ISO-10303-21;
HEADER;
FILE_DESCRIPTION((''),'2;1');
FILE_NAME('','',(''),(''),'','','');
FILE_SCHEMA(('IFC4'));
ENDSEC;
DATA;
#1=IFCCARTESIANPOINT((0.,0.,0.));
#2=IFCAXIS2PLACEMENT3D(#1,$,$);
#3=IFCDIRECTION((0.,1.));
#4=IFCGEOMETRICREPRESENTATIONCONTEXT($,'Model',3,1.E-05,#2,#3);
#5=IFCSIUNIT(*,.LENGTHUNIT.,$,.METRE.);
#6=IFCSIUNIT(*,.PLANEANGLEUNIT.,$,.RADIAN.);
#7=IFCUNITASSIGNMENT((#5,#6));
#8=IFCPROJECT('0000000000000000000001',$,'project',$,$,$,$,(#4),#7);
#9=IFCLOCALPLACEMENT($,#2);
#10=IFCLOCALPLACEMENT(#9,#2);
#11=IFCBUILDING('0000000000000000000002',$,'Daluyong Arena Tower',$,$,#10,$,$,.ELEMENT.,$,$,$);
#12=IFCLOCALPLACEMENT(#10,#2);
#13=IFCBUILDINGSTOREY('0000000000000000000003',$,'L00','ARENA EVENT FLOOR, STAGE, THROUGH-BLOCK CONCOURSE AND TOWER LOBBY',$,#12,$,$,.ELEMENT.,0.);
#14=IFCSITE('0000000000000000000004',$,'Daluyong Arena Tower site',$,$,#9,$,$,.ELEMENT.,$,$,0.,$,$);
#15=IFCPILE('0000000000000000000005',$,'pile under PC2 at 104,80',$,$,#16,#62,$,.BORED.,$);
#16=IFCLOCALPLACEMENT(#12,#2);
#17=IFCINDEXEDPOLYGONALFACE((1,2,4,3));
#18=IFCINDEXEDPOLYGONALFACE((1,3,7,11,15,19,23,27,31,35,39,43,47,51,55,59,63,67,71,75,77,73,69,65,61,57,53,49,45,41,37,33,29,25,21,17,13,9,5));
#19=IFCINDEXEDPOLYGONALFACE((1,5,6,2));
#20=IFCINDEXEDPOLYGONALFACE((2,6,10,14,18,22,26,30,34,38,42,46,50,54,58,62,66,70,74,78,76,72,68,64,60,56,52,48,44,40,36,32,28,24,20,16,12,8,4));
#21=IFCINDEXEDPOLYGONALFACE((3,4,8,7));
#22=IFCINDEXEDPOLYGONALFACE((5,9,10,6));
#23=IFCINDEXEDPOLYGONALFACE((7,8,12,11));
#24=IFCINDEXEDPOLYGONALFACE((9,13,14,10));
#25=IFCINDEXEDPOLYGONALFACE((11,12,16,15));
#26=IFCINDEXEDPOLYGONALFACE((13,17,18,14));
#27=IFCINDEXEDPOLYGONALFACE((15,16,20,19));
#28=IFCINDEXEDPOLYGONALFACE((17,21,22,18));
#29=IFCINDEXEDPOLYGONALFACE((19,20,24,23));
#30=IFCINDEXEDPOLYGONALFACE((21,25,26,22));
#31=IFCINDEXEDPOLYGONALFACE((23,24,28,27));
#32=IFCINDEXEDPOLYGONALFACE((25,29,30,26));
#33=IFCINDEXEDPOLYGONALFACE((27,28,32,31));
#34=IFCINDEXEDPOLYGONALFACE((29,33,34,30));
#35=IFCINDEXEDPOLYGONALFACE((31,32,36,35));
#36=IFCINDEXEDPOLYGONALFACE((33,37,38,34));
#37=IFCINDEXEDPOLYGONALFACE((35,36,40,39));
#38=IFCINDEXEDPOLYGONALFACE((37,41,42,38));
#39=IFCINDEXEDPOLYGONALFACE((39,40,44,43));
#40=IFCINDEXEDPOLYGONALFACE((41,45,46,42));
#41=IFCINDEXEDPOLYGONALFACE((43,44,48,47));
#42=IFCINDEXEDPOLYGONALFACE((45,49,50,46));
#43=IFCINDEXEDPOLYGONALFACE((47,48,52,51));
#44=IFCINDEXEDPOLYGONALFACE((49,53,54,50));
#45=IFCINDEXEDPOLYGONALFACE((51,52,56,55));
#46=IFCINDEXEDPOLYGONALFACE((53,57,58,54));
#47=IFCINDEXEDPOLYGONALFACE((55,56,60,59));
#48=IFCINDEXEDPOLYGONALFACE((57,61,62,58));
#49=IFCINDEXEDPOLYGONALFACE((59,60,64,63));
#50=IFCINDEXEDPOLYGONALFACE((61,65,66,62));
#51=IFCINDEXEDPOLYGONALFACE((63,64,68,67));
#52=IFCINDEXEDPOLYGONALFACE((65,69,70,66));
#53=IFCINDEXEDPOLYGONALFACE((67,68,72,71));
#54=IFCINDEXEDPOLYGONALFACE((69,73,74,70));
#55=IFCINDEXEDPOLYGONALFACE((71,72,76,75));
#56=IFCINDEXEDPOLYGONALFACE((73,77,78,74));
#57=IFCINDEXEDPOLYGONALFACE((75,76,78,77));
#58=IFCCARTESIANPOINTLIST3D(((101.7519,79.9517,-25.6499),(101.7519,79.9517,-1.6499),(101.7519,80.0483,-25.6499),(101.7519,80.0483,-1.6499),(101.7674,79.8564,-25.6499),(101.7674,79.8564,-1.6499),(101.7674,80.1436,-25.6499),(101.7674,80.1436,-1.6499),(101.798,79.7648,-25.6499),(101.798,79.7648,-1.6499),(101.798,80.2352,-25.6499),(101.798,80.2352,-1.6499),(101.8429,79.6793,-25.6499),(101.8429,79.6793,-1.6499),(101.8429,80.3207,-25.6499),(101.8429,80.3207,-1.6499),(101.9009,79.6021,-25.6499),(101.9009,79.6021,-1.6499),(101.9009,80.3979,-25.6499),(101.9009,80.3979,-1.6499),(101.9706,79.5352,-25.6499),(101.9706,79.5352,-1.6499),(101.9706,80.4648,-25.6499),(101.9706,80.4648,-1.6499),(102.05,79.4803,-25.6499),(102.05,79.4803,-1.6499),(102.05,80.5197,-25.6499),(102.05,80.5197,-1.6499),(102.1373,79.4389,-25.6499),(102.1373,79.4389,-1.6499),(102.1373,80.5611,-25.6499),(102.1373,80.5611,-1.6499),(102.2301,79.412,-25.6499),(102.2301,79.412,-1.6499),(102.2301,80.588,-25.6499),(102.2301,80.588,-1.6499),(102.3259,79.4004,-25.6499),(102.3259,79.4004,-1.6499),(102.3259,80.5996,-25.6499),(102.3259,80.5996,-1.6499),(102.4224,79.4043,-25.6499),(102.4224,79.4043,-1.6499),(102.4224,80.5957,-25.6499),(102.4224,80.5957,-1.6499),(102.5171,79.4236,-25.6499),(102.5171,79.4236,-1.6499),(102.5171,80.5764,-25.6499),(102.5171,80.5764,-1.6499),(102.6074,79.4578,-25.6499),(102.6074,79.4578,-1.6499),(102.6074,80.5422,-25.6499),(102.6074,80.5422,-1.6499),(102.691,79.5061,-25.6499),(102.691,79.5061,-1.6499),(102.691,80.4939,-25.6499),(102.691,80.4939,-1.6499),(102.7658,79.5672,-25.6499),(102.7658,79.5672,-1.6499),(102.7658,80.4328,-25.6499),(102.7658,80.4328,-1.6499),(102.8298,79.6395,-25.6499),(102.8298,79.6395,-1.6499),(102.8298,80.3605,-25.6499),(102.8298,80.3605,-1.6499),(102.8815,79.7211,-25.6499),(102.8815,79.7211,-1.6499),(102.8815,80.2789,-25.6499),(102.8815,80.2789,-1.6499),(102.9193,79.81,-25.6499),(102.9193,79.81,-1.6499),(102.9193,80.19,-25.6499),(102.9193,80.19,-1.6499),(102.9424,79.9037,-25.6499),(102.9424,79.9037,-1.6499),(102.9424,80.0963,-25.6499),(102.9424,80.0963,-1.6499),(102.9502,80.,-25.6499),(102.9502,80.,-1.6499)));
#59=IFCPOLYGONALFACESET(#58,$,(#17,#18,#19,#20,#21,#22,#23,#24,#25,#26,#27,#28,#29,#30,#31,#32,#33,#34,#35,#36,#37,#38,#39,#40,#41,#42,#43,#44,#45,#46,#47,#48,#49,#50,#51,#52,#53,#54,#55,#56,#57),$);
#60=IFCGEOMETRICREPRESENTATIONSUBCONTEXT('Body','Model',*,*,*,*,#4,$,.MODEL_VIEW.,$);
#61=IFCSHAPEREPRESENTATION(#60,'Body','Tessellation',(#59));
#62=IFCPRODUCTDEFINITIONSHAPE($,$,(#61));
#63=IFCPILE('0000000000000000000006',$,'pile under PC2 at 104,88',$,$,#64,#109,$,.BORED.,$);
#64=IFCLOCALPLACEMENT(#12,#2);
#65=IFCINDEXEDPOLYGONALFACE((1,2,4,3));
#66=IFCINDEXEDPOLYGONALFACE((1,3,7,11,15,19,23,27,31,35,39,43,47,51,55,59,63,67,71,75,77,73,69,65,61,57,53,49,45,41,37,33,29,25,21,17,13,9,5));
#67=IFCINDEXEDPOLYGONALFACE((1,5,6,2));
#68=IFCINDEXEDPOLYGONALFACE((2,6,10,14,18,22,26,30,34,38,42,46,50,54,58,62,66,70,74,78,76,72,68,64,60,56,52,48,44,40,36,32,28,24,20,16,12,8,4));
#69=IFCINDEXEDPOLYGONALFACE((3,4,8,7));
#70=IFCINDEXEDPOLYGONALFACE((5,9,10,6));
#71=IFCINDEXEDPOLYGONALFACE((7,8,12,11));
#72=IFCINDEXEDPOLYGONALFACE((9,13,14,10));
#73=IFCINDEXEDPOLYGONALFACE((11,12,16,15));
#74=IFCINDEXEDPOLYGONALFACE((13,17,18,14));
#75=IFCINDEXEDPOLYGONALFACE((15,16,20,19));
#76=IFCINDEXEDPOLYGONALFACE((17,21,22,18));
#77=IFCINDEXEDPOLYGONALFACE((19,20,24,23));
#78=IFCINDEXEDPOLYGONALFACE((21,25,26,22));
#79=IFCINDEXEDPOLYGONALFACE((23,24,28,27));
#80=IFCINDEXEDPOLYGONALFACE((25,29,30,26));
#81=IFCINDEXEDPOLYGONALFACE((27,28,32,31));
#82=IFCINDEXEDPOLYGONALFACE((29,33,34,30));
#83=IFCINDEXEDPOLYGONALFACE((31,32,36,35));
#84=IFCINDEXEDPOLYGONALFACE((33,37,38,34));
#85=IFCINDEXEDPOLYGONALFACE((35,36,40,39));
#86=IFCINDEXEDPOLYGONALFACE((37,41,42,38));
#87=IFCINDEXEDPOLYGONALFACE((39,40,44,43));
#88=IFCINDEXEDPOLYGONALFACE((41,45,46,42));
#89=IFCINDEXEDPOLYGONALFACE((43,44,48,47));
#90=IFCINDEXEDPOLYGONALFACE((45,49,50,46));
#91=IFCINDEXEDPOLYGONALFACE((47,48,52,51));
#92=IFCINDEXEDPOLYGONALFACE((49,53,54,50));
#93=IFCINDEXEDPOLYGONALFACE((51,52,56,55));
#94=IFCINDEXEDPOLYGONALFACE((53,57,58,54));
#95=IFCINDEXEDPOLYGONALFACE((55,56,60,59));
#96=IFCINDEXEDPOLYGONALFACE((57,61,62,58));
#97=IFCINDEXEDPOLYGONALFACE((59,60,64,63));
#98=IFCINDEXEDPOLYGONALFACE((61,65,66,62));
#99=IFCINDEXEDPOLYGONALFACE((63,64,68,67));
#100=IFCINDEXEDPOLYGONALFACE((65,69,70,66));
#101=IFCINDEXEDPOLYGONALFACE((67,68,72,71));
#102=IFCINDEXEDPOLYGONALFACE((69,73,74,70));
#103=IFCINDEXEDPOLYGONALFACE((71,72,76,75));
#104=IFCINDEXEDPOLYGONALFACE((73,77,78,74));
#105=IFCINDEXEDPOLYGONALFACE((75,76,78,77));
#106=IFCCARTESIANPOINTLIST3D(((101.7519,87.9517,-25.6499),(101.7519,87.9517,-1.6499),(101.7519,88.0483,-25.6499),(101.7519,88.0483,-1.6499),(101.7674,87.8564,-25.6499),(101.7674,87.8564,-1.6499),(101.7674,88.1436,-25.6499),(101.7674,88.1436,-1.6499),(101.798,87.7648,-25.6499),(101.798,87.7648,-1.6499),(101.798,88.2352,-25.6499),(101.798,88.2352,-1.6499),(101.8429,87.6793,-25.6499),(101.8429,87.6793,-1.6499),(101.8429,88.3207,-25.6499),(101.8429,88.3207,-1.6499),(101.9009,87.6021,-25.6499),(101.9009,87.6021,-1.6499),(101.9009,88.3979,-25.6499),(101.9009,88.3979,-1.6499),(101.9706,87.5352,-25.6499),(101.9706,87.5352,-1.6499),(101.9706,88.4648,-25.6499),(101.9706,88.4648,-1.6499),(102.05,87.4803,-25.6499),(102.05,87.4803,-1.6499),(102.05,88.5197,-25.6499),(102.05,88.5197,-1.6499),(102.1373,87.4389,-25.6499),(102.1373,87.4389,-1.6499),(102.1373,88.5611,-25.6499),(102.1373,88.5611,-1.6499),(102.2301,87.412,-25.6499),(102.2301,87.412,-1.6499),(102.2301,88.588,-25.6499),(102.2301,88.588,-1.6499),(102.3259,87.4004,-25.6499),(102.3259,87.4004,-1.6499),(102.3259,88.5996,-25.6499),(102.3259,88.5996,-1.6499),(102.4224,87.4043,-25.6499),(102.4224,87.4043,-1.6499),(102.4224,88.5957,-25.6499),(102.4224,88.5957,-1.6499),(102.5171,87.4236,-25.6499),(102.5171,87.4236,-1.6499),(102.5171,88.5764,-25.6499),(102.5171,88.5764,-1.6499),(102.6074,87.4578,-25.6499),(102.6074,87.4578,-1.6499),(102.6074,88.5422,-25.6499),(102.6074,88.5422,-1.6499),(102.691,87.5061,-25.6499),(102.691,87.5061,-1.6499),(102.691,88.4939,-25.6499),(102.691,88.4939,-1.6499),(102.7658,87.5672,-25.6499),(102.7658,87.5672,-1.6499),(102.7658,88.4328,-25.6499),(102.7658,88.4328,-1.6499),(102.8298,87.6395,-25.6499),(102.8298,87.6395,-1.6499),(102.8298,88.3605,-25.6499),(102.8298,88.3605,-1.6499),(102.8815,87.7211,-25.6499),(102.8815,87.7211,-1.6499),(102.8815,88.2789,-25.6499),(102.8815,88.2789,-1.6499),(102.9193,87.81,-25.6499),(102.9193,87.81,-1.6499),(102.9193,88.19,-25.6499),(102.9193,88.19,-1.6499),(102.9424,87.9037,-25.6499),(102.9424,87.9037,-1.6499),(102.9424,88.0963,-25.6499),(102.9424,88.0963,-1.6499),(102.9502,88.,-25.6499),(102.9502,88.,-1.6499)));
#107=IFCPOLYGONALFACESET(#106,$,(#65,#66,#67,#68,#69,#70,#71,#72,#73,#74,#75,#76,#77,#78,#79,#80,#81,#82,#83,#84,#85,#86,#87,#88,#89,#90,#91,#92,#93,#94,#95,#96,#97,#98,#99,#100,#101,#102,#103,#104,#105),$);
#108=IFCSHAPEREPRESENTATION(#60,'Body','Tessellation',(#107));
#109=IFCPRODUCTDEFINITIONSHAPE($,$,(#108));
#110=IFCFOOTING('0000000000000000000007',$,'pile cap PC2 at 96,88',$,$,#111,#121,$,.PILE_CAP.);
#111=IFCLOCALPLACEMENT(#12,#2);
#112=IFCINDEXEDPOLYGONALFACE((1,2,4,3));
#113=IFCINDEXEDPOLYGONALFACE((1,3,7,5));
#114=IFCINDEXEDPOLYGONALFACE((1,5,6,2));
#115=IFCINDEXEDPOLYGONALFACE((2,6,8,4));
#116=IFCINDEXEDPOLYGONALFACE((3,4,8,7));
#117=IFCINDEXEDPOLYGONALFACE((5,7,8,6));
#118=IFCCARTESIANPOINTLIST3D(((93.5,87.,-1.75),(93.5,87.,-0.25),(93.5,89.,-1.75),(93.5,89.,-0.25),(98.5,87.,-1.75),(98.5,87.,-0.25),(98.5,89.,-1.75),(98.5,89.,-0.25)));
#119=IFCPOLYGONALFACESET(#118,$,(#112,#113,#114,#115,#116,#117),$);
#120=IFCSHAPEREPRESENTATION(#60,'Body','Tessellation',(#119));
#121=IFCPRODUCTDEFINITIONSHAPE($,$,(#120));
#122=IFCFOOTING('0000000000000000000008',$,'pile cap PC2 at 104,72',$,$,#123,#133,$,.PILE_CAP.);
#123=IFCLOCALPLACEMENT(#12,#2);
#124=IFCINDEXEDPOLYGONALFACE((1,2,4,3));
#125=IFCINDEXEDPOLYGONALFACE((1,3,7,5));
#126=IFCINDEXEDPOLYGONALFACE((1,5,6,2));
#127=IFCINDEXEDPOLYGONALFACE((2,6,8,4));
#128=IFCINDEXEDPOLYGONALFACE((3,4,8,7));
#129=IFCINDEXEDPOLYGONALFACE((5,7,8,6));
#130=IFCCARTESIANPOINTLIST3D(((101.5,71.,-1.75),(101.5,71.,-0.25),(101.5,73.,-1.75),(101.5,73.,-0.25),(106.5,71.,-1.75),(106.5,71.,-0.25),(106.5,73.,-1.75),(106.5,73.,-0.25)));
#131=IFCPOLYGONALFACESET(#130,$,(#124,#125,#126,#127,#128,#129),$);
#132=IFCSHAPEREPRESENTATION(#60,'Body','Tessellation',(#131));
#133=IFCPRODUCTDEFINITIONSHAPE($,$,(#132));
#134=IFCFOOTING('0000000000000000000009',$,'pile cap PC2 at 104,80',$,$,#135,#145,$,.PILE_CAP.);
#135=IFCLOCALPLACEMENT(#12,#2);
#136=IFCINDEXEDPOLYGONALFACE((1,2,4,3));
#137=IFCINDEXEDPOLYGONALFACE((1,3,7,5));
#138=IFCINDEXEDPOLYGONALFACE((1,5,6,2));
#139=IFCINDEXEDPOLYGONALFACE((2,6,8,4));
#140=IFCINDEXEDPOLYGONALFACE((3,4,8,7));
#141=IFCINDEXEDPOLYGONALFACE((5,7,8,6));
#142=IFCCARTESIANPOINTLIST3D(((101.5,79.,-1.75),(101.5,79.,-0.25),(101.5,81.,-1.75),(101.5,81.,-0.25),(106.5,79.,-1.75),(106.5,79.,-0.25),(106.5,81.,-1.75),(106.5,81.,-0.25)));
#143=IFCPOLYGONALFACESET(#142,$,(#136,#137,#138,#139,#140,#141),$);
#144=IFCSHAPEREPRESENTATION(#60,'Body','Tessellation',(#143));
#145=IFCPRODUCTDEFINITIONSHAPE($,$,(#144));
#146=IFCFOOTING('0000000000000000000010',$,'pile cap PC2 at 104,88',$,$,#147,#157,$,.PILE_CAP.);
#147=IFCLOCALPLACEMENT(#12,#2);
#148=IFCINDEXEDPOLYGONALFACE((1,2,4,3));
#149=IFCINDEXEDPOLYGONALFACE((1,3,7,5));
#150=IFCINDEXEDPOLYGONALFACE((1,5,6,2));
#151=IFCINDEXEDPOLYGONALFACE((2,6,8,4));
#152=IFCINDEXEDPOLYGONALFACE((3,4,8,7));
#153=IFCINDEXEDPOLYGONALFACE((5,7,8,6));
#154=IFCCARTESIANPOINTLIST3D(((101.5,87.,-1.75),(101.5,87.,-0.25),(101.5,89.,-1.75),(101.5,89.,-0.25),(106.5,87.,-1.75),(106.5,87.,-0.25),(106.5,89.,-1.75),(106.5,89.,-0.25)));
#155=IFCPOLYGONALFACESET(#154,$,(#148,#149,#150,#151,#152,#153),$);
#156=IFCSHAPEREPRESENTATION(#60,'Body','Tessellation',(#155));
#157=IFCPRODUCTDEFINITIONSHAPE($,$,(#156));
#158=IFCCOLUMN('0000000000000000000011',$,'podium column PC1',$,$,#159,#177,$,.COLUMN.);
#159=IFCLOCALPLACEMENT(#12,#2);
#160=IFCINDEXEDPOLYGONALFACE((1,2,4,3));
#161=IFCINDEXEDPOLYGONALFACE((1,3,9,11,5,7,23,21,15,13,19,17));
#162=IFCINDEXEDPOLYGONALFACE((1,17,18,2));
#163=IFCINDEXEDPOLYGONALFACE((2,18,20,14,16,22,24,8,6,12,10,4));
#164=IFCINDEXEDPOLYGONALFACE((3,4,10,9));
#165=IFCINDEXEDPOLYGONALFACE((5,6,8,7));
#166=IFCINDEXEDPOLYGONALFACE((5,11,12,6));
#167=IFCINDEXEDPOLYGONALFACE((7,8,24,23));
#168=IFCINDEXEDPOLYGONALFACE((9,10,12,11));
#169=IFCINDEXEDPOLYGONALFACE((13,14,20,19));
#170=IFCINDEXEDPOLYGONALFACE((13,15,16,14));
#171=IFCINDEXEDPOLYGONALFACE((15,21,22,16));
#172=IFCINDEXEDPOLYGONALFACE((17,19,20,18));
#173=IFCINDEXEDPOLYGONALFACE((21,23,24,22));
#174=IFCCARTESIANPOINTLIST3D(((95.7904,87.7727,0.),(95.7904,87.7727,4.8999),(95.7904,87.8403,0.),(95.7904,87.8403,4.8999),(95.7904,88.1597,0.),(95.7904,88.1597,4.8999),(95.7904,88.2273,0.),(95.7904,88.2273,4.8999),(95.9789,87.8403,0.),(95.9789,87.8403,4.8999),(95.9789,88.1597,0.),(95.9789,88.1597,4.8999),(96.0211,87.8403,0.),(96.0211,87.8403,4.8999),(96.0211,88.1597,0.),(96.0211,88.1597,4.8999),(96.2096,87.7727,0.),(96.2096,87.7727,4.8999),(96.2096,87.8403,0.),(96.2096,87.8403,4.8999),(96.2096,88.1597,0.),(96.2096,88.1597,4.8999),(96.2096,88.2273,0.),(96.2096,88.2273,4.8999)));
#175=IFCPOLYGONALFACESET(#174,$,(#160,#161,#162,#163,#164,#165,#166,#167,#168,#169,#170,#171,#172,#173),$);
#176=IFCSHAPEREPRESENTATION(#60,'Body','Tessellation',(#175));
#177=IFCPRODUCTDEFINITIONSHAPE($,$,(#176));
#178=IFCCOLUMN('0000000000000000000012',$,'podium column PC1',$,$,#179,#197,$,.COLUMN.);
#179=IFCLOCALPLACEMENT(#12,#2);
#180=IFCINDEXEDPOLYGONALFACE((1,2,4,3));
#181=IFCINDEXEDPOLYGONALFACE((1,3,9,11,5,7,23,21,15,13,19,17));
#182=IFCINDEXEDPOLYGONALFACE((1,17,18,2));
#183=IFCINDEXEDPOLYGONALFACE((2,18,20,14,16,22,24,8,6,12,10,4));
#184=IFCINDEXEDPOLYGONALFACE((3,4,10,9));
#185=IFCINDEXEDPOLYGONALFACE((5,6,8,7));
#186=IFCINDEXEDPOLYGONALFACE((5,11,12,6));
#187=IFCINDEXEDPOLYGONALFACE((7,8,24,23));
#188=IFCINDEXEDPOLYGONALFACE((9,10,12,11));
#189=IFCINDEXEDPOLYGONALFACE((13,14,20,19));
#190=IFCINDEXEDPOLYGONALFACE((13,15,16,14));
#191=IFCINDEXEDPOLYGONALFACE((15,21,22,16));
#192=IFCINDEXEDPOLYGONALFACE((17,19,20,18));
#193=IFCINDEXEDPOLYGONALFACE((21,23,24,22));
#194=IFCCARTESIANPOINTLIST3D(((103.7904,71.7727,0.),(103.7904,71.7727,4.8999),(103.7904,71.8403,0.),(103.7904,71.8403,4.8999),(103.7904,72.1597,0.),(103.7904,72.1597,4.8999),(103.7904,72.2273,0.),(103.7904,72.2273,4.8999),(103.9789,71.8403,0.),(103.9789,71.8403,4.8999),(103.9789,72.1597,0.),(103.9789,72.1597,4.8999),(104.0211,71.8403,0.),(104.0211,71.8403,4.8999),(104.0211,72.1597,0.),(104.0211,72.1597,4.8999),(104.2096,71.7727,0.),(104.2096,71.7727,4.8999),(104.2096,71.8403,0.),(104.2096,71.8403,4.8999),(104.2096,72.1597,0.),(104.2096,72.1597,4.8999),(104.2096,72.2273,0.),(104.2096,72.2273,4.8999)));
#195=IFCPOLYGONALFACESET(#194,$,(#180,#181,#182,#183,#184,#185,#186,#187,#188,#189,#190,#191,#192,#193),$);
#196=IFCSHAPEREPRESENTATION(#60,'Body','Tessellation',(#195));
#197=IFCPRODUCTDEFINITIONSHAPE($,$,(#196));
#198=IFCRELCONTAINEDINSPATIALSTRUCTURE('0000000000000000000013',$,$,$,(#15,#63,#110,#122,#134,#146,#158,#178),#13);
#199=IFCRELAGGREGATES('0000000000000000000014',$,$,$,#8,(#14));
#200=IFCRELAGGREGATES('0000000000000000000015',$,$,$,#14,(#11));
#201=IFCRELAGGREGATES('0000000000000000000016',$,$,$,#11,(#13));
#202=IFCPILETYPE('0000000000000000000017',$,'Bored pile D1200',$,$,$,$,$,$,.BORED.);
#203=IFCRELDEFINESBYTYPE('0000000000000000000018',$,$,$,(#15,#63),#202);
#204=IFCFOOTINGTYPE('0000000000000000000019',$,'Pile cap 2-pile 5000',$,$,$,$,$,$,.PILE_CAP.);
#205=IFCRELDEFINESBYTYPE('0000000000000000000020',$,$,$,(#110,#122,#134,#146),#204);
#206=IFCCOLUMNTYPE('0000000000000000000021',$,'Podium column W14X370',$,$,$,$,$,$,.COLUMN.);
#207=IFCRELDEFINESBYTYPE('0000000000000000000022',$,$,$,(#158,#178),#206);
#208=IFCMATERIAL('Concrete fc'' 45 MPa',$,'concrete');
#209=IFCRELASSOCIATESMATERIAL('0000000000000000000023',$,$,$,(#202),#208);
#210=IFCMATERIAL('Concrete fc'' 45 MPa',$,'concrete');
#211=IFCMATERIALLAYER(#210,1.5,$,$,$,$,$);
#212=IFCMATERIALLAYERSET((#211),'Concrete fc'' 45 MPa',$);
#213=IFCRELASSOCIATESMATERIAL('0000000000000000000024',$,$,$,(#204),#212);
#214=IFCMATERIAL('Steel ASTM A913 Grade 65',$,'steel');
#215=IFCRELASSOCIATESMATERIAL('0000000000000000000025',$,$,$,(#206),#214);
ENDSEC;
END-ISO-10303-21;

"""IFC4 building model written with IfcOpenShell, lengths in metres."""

from ifc_helpers import new_model, si_unit, direction, frame, origin, origin_2d, place, context, subcontext, project, spatial, rectangle, circle, i_section, extrude, material, layer, layer_set, material_profile, profile_set, type_object, element, save


model = new_model("IFC4")

# Units and contexts
model_context = context("Model", 3, precision=1e-05, world=origin(), true_north=direction((0.0, 1.0)))
body_context = subcontext(model_context, "Body", "Model", "MODEL_VIEW")
ifc_project = project(units=[si_unit("LENGTHUNIT", "METRE"), si_unit("PLANEANGLEUNIT", "RADIAN")], contexts=[model_context])

# Site, building, storey
site_placement = place(None, origin())
site = spatial("IfcSite", under=ifc_project, at=site_placement, Name="Daluyong Arena Tower site", CompositionType="ELEMENT", RefElevation=0.0)
building_placement = place(site_placement, origin())
building = spatial("IfcBuilding", under=site, at=building_placement, Name="Daluyong Arena Tower", CompositionType="ELEMENT")
storey_placement = place(building_placement, origin())
storey = spatial("IfcBuildingStorey", under=building, at=storey_placement, Name="L00", Description="ARENA EVENT FLOOR, STAGE, THROUGH-BLOCK CONCOURSE AND TOWER LOBBY", CompositionType="ELEMENT", Elevation=0.0)

# Piles
ifc_material_1 = material(Name="Concrete fc' 45 MPa", Category="concrete")
pile_type = type_object("IfcPileType", Name="Bored pile D1200", PredefinedType="BORED", material=ifc_material_1)
for number, where, z_axis, x_axis, name in (
    (1, (102.3501, 80.0, -1.6499), (0.0, 0.0, -1.0), (1.0, 0.0, 0.0), "pile under PC2 at 104,80"),
    (2, (102.3501, 88.0, -1.6499), (0.0, 0.0, -1.0), (1.0, 0.0, 0.0), "pile under PC2 at 104,88"),
):
    element("IfcPile", number, at=place(storey_placement, frame(where, z_axis=z_axis, x_axis=x_axis)), inside=storey, type_object=pile_type, Name=name, PredefinedType="BORED", context=body_context, shape_type="SweptSolid", body=[
        extrude(circle(Radius=0.6001, at=origin_2d()), origin(), (0.0, 0.0, 1.0), 24.0),
    ])

# Footings
ifc_material_2 = material(Name="Concrete fc' 45 MPa", Category="concrete")
ifc_layer_1 = layer(ifc_material_2, 1.5)
ifc_layer_set_1 = layer_set([ifc_layer_1], Name="Concrete fc' 45 MPa")
footing_type = type_object("IfcFootingType", Name="Pile cap 2-pile 5000", PredefinedType="PILE_CAP", material=ifc_layer_set_1)
for number, where, z_axis, x_axis, name in (
    (3, (96.0, 88.0, -1.75), (0.0, 0.0, 1.0), (1.0, 0.0, 0.0), "pile cap PC2 at 96,88"),
    (4, (104.0, 72.0, -1.75), (0.0, 0.0, 1.0), (1.0, 0.0, 0.0), "pile cap PC2 at 104,72"),
    (5, (104.0, 80.0, -1.75), (0.0, 0.0, 1.0), (1.0, 0.0, 0.0), "pile cap PC2 at 104,80"),
    (6, (104.0, 88.0, -1.75), (0.0, 0.0, 1.0), (1.0, 0.0, 0.0), "pile cap PC2 at 104,88"),
):
    element("IfcFooting", number, at=place(storey_placement, frame(where, z_axis=z_axis, x_axis=x_axis)), inside=storey, type_object=footing_type, Name=name, PredefinedType="PILE_CAP", context=body_context, shape_type="SweptSolid", body=[
        extrude(rectangle(XDim=5.0, YDim=2.0, at=origin_2d()), origin(), (0.0, 0.0, 1.0), 1.5),
    ])

# Columns
ifc_material_3 = material(Name="Steel ASTM A913 Grade 65", Category="steel")
ifc_material_profile = material_profile(ifc_material_3, i_section(OverallWidth=0.4192, OverallDepth=0.4546, WebThickness=0.0422, FlangeThickness=0.0676, at=origin_2d()))
ifc_profile_set = profile_set([ifc_material_profile], Name="Steel ASTM A913 Grade 65")
column_type = type_object("IfcColumnType", Name="Podium column W14X370", PredefinedType="COLUMN", material=ifc_profile_set)
for number, where, z_axis, x_axis, name in (
    (7, (96.0, 88.0, 0.0), (0.0, 0.0, 1.0), (1.0, 0.0, 0.0), "podium column PC1"),
    (8, (104.0, 72.0, 0.0), (0.0, 0.0, 1.0), (1.0, 0.0, 0.0), "podium column PC1"),
):
    element("IfcColumn", number, at=place(storey_placement, frame(where, z_axis=z_axis, x_axis=x_axis)), inside=storey, type_object=column_type, Name=name, PredefinedType="COLUMN", context=body_context, shape_type="SweptSolid", body=[
        extrude(i_section(OverallWidth=0.4192, OverallDepth=0.4546, WebThickness=0.0422, FlangeThickness=0.0676, at=origin_2d()), origin(), (0.0, 0.0, 1.0), 4.8999),
    ])

save(model, "model.ifc")
